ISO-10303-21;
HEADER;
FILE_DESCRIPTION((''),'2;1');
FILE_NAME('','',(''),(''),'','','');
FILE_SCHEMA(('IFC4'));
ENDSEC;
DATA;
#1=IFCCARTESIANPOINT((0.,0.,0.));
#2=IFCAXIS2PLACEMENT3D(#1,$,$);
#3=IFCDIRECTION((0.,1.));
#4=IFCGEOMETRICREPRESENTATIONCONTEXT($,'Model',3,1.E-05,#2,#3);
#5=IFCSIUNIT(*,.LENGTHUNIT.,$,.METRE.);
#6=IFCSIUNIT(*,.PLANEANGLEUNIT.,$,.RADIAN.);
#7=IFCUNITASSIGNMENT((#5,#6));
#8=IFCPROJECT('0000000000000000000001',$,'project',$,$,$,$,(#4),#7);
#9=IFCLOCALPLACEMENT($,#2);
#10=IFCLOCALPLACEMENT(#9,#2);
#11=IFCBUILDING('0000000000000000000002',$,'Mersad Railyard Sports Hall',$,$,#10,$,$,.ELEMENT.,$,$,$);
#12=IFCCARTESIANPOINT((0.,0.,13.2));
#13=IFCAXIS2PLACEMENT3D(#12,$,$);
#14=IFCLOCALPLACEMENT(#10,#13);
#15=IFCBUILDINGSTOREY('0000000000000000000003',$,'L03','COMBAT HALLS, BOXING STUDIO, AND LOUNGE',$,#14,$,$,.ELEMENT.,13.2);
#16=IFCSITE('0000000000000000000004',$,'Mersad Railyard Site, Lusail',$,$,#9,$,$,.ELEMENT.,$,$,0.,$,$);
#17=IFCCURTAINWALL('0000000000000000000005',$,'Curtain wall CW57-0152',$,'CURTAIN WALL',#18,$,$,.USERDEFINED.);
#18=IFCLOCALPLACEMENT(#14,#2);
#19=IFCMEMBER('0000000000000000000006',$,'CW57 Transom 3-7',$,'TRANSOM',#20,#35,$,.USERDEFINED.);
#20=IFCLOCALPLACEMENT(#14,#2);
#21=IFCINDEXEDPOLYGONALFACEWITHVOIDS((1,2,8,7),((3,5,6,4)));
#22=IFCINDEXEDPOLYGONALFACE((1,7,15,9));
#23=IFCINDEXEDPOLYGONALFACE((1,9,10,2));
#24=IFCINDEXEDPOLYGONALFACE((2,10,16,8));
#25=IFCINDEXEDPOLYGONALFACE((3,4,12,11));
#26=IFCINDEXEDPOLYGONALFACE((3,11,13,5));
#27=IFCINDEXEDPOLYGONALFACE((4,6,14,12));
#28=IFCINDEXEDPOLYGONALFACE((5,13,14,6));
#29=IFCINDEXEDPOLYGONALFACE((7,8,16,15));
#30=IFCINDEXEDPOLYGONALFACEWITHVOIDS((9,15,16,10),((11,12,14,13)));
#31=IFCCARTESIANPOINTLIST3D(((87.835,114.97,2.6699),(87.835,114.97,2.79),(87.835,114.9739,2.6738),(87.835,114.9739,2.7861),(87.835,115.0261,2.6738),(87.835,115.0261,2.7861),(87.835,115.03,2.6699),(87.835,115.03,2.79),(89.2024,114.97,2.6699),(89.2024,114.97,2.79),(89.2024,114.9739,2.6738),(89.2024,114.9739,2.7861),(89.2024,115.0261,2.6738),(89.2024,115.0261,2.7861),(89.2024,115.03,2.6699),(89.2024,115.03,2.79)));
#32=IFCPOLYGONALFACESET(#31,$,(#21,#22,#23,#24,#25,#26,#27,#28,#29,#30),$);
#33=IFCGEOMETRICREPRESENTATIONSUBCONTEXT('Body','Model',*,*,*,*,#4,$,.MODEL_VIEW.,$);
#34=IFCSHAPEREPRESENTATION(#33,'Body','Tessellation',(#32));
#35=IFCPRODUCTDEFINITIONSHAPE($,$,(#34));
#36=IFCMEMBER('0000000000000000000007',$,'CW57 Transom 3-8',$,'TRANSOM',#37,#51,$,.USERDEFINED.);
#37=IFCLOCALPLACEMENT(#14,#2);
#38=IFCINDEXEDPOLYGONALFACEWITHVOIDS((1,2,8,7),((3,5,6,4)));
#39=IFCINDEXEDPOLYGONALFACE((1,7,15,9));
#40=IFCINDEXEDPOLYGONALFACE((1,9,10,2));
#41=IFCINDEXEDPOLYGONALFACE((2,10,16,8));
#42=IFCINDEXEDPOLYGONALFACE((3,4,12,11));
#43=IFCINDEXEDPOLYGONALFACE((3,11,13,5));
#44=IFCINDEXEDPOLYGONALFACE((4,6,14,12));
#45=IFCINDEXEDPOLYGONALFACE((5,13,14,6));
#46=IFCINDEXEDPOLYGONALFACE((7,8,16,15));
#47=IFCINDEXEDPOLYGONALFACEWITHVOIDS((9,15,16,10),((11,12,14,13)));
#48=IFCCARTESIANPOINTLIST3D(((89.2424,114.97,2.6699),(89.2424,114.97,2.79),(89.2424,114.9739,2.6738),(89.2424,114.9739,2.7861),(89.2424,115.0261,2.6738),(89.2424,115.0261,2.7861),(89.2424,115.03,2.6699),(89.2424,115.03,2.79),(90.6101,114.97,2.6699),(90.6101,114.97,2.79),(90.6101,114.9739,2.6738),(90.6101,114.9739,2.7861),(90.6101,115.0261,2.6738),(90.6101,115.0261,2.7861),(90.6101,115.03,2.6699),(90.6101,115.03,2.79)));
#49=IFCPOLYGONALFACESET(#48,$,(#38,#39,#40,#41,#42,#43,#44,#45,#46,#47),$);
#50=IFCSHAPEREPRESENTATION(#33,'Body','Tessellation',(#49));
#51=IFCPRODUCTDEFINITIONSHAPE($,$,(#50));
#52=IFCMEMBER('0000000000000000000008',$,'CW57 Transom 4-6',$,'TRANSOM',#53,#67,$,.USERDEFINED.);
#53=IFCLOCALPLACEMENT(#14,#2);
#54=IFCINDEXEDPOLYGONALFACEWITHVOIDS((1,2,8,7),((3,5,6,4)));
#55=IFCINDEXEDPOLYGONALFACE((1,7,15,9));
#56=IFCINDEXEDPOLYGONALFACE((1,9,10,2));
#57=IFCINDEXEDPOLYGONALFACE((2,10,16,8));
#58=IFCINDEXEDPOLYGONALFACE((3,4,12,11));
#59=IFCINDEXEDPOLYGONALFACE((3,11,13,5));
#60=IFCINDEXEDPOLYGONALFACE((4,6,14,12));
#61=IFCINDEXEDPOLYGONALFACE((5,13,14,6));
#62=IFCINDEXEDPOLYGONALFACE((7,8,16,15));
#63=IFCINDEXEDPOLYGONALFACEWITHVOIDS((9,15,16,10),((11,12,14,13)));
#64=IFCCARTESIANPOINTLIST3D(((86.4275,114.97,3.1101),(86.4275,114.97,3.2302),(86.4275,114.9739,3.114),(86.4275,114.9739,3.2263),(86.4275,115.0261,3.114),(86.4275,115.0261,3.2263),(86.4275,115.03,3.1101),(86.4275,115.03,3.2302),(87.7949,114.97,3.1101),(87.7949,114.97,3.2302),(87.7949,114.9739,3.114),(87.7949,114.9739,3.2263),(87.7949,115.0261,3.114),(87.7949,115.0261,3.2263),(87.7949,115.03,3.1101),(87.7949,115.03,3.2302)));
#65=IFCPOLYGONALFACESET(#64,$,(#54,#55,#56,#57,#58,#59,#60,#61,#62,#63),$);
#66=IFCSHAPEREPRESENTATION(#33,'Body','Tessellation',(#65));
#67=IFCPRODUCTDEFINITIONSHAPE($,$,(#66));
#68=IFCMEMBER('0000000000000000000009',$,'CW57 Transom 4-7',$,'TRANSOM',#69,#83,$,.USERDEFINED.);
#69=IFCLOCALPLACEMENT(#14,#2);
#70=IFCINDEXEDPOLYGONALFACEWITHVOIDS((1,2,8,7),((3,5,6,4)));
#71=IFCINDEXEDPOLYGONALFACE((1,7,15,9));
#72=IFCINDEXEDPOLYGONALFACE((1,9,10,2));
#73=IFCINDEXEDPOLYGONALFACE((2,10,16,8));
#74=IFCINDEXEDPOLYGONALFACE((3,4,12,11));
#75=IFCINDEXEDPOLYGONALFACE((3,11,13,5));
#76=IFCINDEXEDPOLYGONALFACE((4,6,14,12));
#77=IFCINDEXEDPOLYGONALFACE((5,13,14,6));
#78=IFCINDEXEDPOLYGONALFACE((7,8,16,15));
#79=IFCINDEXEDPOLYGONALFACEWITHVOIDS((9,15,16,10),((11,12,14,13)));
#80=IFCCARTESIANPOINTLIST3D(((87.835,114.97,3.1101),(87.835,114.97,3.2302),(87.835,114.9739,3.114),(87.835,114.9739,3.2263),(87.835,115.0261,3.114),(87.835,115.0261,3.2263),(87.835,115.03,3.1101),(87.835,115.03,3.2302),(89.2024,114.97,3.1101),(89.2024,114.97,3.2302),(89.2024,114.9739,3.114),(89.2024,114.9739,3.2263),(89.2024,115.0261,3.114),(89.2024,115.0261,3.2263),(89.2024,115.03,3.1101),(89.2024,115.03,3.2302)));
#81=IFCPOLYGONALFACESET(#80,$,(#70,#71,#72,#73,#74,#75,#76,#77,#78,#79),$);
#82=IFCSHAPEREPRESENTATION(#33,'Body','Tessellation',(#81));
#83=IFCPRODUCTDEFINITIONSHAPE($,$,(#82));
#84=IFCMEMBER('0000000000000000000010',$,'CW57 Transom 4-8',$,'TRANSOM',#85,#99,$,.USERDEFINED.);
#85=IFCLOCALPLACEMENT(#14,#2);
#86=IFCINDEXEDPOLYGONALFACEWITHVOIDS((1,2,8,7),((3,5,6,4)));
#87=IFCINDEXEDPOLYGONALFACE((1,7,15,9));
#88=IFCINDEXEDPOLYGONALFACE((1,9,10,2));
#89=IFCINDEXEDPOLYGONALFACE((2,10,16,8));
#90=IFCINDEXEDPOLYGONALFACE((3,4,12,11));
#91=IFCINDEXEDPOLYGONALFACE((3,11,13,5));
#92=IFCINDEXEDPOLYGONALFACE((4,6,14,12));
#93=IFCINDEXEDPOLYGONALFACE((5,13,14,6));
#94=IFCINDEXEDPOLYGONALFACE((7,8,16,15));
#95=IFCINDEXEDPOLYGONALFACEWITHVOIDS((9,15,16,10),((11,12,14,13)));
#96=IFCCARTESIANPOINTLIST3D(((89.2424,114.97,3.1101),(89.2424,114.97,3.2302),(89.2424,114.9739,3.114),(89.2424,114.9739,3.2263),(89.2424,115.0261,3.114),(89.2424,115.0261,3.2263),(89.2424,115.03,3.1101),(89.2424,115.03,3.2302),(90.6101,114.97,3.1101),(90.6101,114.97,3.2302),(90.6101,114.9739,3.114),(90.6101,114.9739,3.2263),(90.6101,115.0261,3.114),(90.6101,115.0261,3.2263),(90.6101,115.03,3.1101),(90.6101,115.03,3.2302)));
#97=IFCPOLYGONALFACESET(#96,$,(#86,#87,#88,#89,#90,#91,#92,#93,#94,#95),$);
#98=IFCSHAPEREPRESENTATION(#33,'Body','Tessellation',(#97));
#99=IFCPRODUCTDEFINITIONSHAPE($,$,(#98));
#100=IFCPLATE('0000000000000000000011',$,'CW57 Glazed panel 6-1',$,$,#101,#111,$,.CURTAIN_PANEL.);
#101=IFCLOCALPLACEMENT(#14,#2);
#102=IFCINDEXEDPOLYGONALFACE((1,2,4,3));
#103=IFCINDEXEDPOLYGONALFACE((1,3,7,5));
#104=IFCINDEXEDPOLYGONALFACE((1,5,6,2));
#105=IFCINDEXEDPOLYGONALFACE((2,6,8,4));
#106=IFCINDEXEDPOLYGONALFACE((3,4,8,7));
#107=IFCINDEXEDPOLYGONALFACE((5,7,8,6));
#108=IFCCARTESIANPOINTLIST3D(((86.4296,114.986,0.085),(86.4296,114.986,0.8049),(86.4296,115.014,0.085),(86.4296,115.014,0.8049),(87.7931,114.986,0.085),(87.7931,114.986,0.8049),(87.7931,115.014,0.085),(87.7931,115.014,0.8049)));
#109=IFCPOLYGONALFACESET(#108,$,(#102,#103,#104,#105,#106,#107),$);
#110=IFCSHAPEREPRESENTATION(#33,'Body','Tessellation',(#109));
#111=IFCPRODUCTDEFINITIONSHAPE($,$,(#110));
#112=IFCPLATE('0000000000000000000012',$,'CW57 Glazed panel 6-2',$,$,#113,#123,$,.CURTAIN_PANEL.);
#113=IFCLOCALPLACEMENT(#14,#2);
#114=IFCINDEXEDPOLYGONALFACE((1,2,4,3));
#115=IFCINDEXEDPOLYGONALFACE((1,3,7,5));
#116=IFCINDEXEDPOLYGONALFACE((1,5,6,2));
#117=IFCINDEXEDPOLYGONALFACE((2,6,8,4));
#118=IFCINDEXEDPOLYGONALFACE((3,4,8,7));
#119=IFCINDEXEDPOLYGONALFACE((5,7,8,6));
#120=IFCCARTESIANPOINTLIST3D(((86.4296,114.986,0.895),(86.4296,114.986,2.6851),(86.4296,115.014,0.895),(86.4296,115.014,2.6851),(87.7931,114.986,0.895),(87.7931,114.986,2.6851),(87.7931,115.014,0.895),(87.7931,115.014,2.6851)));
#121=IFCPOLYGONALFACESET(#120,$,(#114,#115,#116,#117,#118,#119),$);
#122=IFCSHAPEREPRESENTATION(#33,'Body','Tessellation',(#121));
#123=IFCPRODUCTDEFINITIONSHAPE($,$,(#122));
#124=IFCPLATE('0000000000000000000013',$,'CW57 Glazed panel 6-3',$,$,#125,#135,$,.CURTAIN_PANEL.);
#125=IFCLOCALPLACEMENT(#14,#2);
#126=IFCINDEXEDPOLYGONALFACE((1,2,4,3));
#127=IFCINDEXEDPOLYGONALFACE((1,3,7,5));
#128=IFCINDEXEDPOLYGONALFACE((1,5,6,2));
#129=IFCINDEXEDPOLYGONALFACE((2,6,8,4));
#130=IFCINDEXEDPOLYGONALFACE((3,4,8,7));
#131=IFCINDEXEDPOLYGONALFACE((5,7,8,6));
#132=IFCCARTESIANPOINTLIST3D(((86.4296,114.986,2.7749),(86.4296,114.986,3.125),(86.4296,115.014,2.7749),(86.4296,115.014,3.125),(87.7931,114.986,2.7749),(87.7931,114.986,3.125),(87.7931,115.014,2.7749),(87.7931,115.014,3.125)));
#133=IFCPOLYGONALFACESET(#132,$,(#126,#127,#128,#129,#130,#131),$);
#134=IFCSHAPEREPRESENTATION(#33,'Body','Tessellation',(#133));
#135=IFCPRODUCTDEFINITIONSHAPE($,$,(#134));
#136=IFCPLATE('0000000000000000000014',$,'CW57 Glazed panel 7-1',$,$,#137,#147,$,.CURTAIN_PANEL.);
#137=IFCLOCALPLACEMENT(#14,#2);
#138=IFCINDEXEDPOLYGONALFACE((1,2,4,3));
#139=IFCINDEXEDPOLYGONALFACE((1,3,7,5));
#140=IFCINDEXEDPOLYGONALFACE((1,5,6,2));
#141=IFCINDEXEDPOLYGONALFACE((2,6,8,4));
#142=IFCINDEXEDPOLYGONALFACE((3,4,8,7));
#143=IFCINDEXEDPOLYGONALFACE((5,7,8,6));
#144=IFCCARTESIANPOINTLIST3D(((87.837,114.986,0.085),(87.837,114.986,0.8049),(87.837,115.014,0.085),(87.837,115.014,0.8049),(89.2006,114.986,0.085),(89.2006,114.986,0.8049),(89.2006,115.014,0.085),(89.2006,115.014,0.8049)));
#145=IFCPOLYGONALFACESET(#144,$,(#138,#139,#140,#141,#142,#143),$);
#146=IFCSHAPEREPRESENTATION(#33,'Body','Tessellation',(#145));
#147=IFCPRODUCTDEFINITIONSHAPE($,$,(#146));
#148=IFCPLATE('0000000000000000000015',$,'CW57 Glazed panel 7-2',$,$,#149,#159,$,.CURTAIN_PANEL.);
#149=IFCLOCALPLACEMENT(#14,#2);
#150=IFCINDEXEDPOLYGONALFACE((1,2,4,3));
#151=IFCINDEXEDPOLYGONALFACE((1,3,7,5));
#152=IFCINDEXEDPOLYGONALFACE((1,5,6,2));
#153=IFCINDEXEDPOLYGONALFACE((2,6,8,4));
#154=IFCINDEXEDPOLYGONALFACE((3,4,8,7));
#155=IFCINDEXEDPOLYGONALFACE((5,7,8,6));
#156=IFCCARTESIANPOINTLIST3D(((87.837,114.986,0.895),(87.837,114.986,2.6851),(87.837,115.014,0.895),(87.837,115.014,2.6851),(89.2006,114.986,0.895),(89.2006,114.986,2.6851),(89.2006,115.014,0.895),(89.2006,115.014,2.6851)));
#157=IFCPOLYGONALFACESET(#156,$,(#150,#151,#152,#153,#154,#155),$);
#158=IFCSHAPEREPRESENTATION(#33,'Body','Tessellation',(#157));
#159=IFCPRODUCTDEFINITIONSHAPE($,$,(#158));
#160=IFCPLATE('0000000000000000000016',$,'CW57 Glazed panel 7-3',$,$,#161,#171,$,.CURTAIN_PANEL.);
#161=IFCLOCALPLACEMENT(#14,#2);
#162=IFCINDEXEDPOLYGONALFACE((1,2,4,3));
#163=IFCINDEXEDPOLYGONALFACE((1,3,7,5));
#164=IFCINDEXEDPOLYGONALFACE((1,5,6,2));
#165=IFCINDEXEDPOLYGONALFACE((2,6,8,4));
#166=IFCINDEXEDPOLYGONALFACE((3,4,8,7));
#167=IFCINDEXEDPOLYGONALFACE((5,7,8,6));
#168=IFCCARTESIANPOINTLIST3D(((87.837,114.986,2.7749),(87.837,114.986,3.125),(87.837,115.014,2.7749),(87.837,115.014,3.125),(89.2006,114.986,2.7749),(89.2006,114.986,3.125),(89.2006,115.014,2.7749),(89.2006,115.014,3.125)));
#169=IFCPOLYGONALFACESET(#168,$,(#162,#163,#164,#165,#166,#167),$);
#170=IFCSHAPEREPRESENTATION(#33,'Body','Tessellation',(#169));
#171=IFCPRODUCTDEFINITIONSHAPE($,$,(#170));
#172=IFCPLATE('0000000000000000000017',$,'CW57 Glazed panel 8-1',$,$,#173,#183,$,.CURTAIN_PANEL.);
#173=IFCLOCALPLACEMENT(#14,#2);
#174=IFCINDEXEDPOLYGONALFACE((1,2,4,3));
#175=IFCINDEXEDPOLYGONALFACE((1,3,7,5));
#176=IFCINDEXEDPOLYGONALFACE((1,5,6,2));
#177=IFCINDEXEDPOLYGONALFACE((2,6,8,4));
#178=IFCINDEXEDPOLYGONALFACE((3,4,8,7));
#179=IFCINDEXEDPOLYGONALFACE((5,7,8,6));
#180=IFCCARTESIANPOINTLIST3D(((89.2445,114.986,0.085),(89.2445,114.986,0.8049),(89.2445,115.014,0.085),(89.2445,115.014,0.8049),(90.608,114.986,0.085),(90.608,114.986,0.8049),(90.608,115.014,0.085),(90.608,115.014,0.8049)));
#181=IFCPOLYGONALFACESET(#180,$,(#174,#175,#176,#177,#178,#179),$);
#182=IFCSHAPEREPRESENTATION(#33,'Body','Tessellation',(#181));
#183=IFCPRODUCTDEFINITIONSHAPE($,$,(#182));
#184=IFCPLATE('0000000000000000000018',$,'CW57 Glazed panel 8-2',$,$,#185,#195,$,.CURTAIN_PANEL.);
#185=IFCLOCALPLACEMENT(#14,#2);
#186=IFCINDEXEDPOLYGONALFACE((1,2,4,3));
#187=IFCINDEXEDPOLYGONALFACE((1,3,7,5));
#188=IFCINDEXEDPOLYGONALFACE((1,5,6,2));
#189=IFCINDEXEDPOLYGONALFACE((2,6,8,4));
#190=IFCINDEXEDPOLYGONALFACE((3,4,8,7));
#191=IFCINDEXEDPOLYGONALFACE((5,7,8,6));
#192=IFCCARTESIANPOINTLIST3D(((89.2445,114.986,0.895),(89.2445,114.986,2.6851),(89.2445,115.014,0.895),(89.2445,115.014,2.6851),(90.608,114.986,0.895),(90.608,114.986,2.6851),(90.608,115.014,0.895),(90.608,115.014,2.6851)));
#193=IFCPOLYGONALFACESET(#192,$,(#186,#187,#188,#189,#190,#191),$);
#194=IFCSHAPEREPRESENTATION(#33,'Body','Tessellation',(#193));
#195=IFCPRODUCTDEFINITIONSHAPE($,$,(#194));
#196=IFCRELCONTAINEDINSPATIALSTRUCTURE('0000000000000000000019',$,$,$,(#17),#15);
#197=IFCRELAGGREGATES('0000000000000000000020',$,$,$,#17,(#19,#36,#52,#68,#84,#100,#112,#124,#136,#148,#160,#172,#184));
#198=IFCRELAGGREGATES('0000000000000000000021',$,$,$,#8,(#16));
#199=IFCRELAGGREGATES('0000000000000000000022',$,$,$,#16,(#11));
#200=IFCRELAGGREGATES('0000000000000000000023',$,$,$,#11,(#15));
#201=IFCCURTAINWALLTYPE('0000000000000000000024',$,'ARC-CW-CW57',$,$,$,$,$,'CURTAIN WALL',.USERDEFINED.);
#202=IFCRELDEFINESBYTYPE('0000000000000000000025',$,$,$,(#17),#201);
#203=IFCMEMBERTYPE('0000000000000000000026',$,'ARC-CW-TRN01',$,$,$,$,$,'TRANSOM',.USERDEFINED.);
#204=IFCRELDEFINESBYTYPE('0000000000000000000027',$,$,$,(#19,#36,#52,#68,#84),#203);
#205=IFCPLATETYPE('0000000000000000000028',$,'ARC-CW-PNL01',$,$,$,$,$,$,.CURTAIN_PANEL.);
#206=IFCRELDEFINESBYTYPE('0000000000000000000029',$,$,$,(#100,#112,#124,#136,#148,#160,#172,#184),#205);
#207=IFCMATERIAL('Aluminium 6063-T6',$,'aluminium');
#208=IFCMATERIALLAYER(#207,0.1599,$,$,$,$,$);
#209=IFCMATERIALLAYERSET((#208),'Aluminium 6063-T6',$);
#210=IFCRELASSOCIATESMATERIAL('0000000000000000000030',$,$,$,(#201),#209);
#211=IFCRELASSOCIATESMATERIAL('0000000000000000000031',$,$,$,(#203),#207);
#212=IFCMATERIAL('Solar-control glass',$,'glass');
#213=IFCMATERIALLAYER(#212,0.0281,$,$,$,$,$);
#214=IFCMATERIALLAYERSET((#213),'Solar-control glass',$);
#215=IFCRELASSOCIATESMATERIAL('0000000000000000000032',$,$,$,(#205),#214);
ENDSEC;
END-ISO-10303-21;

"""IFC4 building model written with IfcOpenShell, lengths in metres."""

from ifc_helpers import new_model, si_unit, direction, frame, origin, origin_2d, place, context, subcontext, project, spatial, rectangle, hollow_rectangle, extrude, material, layer, layer_set, material_profile, profile_set, type_object, element, aggregate, save


model = new_model("IFC4")

# Units and contexts
model_context = context("Model", 3, precision=1e-05, world=origin(), true_north=direction((0.0, 1.0)))
body_context = subcontext(model_context, "Body", "Model", "MODEL_VIEW")
ifc_project = project(units=[si_unit("LENGTHUNIT", "METRE"), si_unit("PLANEANGLEUNIT", "RADIAN")], contexts=[model_context])

# Site, building, storey
site_placement = place(None, origin())
site = spatial("IfcSite", under=ifc_project, at=site_placement, Name="Mersad Railyard Site, Lusail", CompositionType="ELEMENT", RefElevation=0.0)
building_placement = place(site_placement, origin())
building = spatial("IfcBuilding", under=site, at=building_placement, Name="Mersad Railyard Sports Hall", CompositionType="ELEMENT")
storey_placement = place(building_placement, frame((0.0, 0.0, 13.2)))
storey = spatial("IfcBuildingStorey", under=building, at=storey_placement, Name="L03", Description="COMBAT HALLS, BOXING STUDIO, AND LOUNGE", CompositionType="ELEMENT", Elevation=13.2)

# Curtain wall, members, plates
ifc_material_1 = material(Name="Aluminium 6063-T6", Category="aluminium")
ifc_layer_1 = layer(ifc_material_1, 0.1599)
ifc_layer_set_1 = layer_set([ifc_layer_1], Name="Aluminium 6063-T6")
curtain_wall_type = type_object("IfcCurtainWallType", Name="ARC-CW-CW57", ElementType="CURTAIN WALL", PredefinedType="USERDEFINED", material=ifc_layer_set_1)
curtain_wall_placement = place(storey_placement, origin())
curtain_wall = element("IfcCurtainWall", 1, at=curtain_wall_placement, inside=storey, type_object=curtain_wall_type, Name="Curtain wall CW57-0152", ObjectType="CURTAIN WALL", PredefinedType="USERDEFINED")
ifc_material_profile_1 = material_profile(ifc_material_1, hollow_rectangle(XDim=0.0601, YDim=0.1201, WallThickness=0.0039, at=origin_2d()), Name="AL TRANSOM 60x120x4")
ifc_profile_set_1 = profile_set([ifc_material_profile_1], Name="Aluminium 6063-T6")
member_type_1 = type_object("IfcMemberType", Name="ARC-CW-TRN01", ElementType="TRANSOM", PredefinedType="USERDEFINED", material=ifc_profile_set_1)
member_1_placement = place(storey_placement, frame((87.835, 115.0, 2.73), z_axis=(1.0, 0.0, 0.0), x_axis=(0.0, 1.0, 0.0)))
member_1 = element("IfcMember", 2, at=member_1_placement, type_object=member_type_1, Name="CW57 Transom 3-7", ObjectType="TRANSOM", PredefinedType="USERDEFINED", context=body_context, shape_type="SweptSolid", body=[
    extrude(hollow_rectangle(XDim=0.0601, YDim=0.1201, WallThickness=0.0039, at=origin_2d()), origin(), (0.0, 0.0, 1.0), 1.3674),
])
member_2_placement = place(storey_placement, frame((89.2424, 115.0, 2.73), z_axis=(1.0, 0.0, 0.0), x_axis=(0.0, 1.0, 0.0)))
member_2 = element("IfcMember", 3, at=member_2_placement, type_object=member_type_1, Name="CW57 Transom 3-8", ObjectType="TRANSOM", PredefinedType="USERDEFINED", context=body_context, shape_type="SweptSolid", body=[
    extrude(hollow_rectangle(XDim=0.0601, YDim=0.1201, WallThickness=0.0039, at=origin_2d()), origin(), (0.0, 0.0, 1.0), 1.3677),
])
member_3_placement = place(storey_placement, frame((86.4275, 115.0, 3.1702), z_axis=(1.0, 0.0, 0.0), x_axis=(0.0, 1.0, 0.0)))
member_3 = element("IfcMember", 4, at=member_3_placement, type_object=member_type_1, Name="CW57 Transom 4-6", ObjectType="TRANSOM", PredefinedType="USERDEFINED", context=body_context, shape_type="SweptSolid", body=[
    extrude(hollow_rectangle(XDim=0.0601, YDim=0.1201, WallThickness=0.0039, at=origin_2d()), origin(), (0.0, 0.0, 1.0), 1.3674),
])
member_4_placement = place(storey_placement, frame((87.835, 115.0, 3.1702), z_axis=(1.0, 0.0, 0.0), x_axis=(0.0, 1.0, 0.0)))
member_4 = element("IfcMember", 5, at=member_4_placement, type_object=member_type_1, Name="CW57 Transom 4-7", ObjectType="TRANSOM", PredefinedType="USERDEFINED", context=body_context, shape_type="SweptSolid", body=[
    extrude(hollow_rectangle(XDim=0.0601, YDim=0.1201, WallThickness=0.0039, at=origin_2d()), origin(), (0.0, 0.0, 1.0), 1.3674),
])
member_5_placement = place(storey_placement, frame((89.2424, 115.0, 3.1702), z_axis=(1.0, 0.0, 0.0), x_axis=(0.0, 1.0, 0.0)))
member_5 = element("IfcMember", 6, at=member_5_placement, type_object=member_type_1, Name="CW57 Transom 4-8", ObjectType="TRANSOM", PredefinedType="USERDEFINED", context=body_context, shape_type="SweptSolid", body=[
    extrude(hollow_rectangle(XDim=0.0601, YDim=0.1201, WallThickness=0.0039, at=origin_2d()), origin(), (0.0, 0.0, 1.0), 1.3677),
])
ifc_material_2 = material(Name="Solar-control glass", Category="glass")
ifc_layer_2 = layer(ifc_material_2, 0.0281)
ifc_layer_set_2 = layer_set([ifc_layer_2], Name="Solar-control glass")
plate_type = type_object("IfcPlateType", Name="ARC-CW-PNL01", PredefinedType="CURTAIN_PANEL", material=ifc_layer_set_2)
plate_1_placement = place(storey_placement, frame((87.1113, 115.0, 0.085), z_axis=(0.0, 0.0, 1.0), x_axis=(1.0, 0.0, 0.0)))
plate_1 = element("IfcPlate", 7, at=plate_1_placement, type_object=plate_type, Name="CW57 Glazed panel 6-1", PredefinedType="CURTAIN_PANEL", context=body_context, shape_type="SweptSolid", body=[
    extrude(rectangle(XDim=1.3635, YDim=0.0281, at=origin_2d()), origin(), (0.0, 0.0, 1.0), 0.72),
])
plate_2_placement = place(storey_placement, frame((87.1113, 115.0, 0.895), z_axis=(0.0, 0.0, 1.0), x_axis=(1.0, 0.0, 0.0)))
plate_2 = element("IfcPlate", 8, at=plate_2_placement, type_object=plate_type, Name="CW57 Glazed panel 6-2", PredefinedType="CURTAIN_PANEL", context=body_context, shape_type="SweptSolid", body=[
    extrude(rectangle(XDim=1.3635, YDim=0.0281, at=origin_2d()), origin(), (0.0, 0.0, 1.0), 1.79),
])
plate_3_placement = place(storey_placement, frame((87.1113, 115.0, 2.7749), z_axis=(0.0, 0.0, 1.0), x_axis=(1.0, 0.0, 0.0)))
plate_3 = element("IfcPlate", 9, at=plate_3_placement, type_object=plate_type, Name="CW57 Glazed panel 6-3", PredefinedType="CURTAIN_PANEL", context=body_context, shape_type="SweptSolid", body=[
    extrude(rectangle(XDim=1.3635, YDim=0.0281, at=origin_2d()), origin(), (0.0, 0.0, 1.0), 0.3501),
])
plate_4_placement = place(storey_placement, frame((88.5188, 115.0, 0.085), z_axis=(0.0, 0.0, 1.0), x_axis=(1.0, 0.0, 0.0)))
plate_4 = element("IfcPlate", 10, at=plate_4_placement, type_object=plate_type, Name="CW57 Glazed panel 7-1", PredefinedType="CURTAIN_PANEL", context=body_context, shape_type="SweptSolid", body=[
    extrude(rectangle(XDim=1.3635, YDim=0.0281, at=origin_2d()), origin(), (0.0, 0.0, 1.0), 0.72),
])
plate_5_placement = place(storey_placement, frame((88.5188, 115.0, 0.895), z_axis=(0.0, 0.0, 1.0), x_axis=(1.0, 0.0, 0.0)))
plate_5 = element("IfcPlate", 11, at=plate_5_placement, type_object=plate_type, Name="CW57 Glazed panel 7-2", PredefinedType="CURTAIN_PANEL", context=body_context, shape_type="SweptSolid", body=[
    extrude(rectangle(XDim=1.3635, YDim=0.0281, at=origin_2d()), origin(), (0.0, 0.0, 1.0), 1.79),
])
plate_6_placement = place(storey_placement, frame((88.5188, 115.0, 2.7749), z_axis=(0.0, 0.0, 1.0), x_axis=(1.0, 0.0, 0.0)))
plate_6 = element("IfcPlate", 12, at=plate_6_placement, type_object=plate_type, Name="CW57 Glazed panel 7-3", PredefinedType="CURTAIN_PANEL", context=body_context, shape_type="SweptSolid", body=[
    extrude(rectangle(XDim=1.3635, YDim=0.0281, at=origin_2d()), origin(), (0.0, 0.0, 1.0), 0.3501),
])
plate_7_placement = place(storey_placement, frame((89.9263, 115.0, 0.085), z_axis=(0.0, 0.0, 1.0), x_axis=(1.0, 0.0, 0.0)))
plate_7 = element("IfcPlate", 13, at=plate_7_placement, type_object=plate_type, Name="CW57 Glazed panel 8-1", PredefinedType="CURTAIN_PANEL", context=body_context, shape_type="SweptSolid", body=[
    extrude(rectangle(XDim=1.3635, YDim=0.0281, at=origin_2d()), origin(), (0.0, 0.0, 1.0), 0.72),
])
plate_8_placement = place(storey_placement, frame((89.9263, 115.0, 0.895), z_axis=(0.0, 0.0, 1.0), x_axis=(1.0, 0.0, 0.0)))
plate_8 = element("IfcPlate", 14, at=plate_8_placement, type_object=plate_type, Name="CW57 Glazed panel 8-2", PredefinedType="CURTAIN_PANEL", context=body_context, shape_type="SweptSolid", body=[
    extrude(rectangle(XDim=1.3635, YDim=0.0281, at=origin_2d()), origin(), (0.0, 0.0, 1.0), 1.79),
])
aggregate(curtain_wall, [member_1, member_2, member_3, member_4, member_5, plate_1, plate_2, plate_3, plate_4, plate_5, plate_6, plate_7, plate_8])

save(model, "model.ifc")
